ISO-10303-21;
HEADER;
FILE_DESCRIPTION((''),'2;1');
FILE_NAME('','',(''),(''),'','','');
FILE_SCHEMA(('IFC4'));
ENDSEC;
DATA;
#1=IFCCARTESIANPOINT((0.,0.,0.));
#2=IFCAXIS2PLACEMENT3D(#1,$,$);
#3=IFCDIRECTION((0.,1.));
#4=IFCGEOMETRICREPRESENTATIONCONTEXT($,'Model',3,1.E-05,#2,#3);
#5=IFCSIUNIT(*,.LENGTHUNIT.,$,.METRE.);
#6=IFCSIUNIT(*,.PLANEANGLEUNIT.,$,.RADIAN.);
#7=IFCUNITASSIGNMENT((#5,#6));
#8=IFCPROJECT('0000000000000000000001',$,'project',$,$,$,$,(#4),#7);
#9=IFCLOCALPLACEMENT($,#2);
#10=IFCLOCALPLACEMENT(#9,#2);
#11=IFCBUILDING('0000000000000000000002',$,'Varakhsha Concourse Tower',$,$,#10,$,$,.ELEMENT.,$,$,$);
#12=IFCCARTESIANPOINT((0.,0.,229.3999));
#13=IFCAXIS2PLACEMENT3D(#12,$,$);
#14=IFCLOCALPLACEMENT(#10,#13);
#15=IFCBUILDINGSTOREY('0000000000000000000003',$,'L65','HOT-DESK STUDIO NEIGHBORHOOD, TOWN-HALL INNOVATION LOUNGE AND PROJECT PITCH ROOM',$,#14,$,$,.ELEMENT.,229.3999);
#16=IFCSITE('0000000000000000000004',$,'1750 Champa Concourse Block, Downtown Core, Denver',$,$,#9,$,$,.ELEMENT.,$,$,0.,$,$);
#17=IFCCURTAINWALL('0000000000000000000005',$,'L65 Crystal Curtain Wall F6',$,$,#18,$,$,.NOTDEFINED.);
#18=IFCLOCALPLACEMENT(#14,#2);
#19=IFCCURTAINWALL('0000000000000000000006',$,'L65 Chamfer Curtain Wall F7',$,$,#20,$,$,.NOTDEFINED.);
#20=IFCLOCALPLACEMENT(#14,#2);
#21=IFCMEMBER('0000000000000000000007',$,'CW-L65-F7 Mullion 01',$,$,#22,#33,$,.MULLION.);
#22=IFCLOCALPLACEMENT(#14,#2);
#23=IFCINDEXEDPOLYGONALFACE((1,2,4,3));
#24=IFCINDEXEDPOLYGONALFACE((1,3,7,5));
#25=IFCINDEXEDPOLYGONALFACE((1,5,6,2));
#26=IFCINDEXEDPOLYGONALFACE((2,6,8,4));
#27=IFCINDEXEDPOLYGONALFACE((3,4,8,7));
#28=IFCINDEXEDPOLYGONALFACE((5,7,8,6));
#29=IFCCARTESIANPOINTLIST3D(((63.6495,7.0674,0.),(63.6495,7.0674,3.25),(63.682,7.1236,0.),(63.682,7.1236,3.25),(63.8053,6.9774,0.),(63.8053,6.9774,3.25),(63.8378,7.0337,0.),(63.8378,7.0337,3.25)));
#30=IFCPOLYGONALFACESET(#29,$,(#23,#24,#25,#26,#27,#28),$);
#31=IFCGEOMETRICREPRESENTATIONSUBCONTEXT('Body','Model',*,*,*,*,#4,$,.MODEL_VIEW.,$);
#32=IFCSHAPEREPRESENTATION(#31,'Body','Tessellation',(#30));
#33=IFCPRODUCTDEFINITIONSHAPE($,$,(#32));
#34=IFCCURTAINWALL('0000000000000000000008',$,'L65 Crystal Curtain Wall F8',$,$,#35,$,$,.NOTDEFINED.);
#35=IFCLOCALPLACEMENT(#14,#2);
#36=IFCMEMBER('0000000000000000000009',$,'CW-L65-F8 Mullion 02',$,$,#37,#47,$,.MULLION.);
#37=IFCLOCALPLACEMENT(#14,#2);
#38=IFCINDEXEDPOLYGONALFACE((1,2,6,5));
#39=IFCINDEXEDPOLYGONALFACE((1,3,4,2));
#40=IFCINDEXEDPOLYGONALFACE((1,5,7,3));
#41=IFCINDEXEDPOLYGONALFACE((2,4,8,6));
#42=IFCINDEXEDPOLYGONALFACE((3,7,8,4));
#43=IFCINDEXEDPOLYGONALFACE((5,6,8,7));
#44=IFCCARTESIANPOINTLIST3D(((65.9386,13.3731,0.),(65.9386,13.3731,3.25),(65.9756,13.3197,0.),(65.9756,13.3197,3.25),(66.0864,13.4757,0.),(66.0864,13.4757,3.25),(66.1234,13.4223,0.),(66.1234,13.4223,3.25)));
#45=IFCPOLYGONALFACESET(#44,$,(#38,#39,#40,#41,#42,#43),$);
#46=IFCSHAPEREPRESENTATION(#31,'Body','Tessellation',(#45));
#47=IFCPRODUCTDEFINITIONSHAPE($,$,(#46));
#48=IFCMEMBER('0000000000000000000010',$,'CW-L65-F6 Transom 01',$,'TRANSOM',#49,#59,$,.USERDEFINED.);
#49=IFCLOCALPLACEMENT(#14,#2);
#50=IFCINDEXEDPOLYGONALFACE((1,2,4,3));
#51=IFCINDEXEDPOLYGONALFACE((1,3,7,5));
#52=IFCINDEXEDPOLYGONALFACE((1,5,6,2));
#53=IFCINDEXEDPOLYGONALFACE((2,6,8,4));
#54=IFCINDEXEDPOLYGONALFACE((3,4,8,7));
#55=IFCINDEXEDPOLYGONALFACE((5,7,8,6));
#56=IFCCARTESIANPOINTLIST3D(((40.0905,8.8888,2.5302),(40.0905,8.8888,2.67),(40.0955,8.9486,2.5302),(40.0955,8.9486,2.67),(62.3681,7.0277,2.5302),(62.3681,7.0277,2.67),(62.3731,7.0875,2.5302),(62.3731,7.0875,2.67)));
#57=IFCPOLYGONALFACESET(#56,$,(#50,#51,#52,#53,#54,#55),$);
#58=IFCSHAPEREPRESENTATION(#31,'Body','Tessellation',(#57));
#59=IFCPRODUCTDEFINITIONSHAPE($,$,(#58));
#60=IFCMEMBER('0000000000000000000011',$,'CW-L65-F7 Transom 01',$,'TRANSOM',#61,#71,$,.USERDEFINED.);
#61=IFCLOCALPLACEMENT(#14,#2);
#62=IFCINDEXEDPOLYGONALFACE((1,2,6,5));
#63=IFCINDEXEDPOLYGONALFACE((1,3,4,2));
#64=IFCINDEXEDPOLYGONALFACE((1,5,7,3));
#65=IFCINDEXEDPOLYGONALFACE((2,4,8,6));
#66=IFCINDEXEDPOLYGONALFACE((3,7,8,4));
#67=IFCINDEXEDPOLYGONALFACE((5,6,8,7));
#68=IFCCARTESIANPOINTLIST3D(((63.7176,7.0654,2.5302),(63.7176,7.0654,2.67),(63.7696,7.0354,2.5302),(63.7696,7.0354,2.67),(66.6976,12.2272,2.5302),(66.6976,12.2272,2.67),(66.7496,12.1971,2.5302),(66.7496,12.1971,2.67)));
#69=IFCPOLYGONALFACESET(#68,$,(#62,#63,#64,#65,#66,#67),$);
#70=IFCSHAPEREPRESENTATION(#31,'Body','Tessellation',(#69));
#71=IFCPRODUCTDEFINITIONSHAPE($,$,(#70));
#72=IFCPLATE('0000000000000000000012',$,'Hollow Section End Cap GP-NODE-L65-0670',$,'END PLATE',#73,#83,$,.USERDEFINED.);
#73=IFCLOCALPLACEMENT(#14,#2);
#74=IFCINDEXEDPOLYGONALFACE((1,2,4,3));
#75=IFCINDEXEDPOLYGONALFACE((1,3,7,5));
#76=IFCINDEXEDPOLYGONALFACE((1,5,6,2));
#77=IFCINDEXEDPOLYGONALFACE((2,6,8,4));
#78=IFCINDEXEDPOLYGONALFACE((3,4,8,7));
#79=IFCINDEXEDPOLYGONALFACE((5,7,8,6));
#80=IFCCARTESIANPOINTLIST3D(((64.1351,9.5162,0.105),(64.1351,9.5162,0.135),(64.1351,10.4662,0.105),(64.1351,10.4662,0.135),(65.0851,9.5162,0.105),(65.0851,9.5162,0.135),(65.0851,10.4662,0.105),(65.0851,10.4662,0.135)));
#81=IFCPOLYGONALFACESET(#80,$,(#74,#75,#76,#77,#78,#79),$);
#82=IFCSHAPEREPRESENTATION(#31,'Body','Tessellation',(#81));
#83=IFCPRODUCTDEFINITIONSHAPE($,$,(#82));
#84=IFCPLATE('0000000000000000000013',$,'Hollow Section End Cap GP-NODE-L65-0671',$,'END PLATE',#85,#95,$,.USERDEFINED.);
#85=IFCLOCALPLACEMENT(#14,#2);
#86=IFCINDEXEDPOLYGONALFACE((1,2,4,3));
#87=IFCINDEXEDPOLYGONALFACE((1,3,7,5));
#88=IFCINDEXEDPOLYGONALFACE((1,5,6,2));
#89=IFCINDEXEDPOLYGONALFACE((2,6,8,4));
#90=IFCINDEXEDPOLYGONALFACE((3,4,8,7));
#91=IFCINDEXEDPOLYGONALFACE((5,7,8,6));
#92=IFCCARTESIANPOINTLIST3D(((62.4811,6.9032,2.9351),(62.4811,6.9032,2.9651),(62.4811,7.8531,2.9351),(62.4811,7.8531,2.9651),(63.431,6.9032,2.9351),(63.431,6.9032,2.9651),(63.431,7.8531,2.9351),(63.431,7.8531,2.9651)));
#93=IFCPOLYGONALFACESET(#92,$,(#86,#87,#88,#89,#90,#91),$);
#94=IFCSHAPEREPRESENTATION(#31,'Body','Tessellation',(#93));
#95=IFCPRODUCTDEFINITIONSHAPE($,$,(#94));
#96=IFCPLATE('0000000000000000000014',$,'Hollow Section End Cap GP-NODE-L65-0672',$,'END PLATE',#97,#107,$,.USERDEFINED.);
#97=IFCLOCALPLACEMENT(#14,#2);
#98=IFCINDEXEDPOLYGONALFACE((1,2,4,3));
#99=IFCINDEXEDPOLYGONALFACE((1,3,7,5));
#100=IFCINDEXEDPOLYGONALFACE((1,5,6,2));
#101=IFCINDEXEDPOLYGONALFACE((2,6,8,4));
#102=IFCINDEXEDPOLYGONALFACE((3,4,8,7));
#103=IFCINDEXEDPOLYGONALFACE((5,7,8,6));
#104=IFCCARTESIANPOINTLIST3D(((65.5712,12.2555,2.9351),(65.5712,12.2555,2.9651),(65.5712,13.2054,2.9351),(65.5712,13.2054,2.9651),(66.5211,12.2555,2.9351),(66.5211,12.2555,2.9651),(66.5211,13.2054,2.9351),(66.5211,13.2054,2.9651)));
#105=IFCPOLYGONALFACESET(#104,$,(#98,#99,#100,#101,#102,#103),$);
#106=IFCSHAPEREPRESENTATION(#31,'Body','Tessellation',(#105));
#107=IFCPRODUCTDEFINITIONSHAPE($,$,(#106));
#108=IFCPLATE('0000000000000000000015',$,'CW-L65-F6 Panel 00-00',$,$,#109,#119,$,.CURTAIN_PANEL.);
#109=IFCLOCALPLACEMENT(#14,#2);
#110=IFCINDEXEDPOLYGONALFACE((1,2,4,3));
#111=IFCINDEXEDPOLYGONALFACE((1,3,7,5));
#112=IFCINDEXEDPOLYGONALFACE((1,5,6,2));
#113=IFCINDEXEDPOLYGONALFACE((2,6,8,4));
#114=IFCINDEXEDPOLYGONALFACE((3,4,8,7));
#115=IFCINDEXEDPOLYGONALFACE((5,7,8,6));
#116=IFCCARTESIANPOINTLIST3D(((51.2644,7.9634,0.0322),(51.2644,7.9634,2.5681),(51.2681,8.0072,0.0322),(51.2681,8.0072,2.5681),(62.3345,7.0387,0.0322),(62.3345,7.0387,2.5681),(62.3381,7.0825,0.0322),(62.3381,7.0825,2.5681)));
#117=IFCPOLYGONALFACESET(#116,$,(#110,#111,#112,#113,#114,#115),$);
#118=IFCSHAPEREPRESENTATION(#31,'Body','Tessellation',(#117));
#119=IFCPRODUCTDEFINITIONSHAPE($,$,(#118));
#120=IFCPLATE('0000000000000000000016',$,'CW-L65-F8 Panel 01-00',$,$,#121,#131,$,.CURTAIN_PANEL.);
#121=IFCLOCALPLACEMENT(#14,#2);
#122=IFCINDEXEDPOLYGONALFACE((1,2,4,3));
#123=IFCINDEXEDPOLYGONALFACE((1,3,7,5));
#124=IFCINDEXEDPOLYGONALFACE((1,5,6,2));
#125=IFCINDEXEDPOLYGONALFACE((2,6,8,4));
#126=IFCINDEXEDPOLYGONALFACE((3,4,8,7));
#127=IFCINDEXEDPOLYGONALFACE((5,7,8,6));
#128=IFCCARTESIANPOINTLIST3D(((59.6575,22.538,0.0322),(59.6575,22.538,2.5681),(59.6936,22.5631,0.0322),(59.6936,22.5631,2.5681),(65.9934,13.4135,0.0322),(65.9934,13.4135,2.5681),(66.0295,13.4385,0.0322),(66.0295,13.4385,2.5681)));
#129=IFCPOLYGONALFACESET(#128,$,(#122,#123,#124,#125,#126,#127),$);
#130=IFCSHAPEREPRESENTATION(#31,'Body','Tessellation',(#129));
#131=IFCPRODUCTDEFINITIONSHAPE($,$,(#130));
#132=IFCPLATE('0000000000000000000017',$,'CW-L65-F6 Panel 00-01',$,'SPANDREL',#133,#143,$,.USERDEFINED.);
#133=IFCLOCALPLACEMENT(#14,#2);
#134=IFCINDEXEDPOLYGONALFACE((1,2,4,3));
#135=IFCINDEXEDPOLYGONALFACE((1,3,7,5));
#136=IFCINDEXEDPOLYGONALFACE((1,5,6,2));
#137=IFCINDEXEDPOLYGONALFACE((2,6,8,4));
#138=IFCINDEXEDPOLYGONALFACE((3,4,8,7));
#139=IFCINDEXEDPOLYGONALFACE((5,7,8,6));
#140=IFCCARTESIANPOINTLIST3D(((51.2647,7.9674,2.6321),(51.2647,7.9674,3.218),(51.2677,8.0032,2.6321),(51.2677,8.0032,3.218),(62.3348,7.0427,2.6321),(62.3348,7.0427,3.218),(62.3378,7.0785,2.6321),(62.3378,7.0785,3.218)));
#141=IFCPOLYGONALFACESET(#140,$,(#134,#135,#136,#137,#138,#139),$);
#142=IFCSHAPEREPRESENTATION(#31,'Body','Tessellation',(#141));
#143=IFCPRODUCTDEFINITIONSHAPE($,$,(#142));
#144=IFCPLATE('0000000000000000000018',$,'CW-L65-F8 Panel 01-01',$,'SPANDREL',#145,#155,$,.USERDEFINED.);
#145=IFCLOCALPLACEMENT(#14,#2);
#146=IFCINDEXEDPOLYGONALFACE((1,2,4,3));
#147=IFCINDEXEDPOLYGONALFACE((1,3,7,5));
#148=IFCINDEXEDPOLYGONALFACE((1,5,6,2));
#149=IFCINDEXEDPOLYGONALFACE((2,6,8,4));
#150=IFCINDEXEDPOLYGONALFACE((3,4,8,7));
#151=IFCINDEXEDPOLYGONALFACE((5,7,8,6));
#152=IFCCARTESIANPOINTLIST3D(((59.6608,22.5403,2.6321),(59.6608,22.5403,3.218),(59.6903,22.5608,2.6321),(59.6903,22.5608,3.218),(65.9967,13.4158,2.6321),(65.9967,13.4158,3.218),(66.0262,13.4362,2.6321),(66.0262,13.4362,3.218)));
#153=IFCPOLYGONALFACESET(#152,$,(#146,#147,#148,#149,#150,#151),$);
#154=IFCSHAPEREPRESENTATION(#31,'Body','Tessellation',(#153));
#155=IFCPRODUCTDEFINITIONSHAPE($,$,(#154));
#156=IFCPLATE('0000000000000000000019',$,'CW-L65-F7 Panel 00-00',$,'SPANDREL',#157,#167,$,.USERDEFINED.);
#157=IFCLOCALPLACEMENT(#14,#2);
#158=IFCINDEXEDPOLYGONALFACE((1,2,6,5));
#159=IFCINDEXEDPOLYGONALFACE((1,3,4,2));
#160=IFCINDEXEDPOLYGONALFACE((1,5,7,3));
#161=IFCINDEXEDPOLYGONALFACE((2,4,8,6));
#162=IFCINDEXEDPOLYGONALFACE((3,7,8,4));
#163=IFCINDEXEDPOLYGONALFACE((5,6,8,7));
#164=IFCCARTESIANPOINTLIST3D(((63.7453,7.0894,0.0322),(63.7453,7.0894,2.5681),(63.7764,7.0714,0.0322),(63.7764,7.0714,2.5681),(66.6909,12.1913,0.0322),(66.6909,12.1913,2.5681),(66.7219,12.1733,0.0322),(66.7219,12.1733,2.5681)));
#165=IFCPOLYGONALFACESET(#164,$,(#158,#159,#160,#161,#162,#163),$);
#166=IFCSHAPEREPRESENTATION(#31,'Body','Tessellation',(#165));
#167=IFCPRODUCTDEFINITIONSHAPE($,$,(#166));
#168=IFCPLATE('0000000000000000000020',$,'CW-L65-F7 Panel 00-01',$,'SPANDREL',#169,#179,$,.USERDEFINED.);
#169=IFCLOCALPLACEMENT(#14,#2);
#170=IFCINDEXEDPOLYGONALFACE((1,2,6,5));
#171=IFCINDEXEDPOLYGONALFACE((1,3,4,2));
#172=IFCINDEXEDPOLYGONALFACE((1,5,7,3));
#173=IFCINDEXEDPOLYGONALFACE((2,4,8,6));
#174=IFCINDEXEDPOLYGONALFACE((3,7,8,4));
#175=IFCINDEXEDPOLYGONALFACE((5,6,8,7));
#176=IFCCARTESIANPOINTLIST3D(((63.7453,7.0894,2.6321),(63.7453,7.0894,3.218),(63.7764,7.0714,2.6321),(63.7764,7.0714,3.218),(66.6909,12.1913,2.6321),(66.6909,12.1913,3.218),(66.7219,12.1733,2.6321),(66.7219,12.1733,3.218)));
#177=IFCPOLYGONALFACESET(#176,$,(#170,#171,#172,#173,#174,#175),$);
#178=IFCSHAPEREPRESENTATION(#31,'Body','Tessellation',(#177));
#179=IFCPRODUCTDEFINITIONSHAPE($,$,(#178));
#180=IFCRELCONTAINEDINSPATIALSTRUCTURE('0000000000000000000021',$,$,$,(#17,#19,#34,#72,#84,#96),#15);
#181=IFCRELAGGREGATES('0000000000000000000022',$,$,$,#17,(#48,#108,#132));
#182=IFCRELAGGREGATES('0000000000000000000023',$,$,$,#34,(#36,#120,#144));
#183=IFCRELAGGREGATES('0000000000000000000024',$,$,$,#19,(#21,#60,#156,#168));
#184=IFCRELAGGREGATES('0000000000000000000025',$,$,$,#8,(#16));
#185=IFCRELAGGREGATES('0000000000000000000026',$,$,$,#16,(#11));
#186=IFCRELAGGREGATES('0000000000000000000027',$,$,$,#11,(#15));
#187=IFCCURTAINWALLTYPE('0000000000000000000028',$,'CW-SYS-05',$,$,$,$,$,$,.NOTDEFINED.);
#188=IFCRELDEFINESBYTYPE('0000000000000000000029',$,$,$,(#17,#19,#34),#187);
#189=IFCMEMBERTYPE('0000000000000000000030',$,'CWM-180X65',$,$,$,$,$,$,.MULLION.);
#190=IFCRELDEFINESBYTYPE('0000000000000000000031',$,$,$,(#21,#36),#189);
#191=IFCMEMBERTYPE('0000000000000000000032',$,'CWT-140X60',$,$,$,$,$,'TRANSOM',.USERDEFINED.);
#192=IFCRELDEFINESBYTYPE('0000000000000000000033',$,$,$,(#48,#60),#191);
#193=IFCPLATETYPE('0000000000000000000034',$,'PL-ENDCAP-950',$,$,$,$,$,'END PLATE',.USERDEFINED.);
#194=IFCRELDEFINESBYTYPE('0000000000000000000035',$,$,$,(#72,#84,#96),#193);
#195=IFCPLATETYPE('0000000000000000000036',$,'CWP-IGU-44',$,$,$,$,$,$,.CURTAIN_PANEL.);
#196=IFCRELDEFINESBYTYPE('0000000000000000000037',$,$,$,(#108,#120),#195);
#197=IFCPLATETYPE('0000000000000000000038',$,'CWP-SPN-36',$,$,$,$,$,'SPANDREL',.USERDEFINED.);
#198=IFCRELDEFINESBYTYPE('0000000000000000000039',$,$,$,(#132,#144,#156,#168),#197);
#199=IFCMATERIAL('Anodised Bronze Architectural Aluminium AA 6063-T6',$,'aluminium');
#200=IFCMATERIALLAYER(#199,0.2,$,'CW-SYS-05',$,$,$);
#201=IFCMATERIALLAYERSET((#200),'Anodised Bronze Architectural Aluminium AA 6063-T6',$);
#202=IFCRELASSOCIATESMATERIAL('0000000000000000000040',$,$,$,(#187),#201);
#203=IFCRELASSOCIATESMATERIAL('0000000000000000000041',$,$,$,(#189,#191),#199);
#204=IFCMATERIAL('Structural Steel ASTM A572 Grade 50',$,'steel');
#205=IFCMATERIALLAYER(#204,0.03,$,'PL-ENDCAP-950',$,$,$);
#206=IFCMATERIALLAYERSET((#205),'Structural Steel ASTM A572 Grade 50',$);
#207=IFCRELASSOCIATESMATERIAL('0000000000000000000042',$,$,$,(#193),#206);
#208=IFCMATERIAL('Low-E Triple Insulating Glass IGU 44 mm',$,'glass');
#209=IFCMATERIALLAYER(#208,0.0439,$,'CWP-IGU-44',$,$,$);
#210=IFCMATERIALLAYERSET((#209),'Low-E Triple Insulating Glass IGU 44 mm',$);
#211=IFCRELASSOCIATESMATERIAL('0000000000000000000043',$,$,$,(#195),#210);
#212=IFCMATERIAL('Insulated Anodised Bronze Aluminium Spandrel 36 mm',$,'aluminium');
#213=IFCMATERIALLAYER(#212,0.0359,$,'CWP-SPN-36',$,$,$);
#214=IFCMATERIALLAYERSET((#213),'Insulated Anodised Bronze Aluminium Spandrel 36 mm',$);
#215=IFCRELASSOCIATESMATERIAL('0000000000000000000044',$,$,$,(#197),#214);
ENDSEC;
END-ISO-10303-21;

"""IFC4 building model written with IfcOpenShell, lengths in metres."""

from ifc_helpers import new_model, si_unit, direction, frame, origin, origin_2d, place, context, subcontext, project, spatial, rectangle, extrude, source, transform, mapped, material, layer, layer_set, material_profile, profile_set, type_object, type_shapes, element, aggregate, save


model = new_model("IFC4")

# Units and contexts
model_context = context("Model", 3, precision=1e-05, world=origin(), true_north=direction((0.0, 1.0)))
body_context = subcontext(model_context, "Body", "Model", "MODEL_VIEW")
ifc_project = project(units=[si_unit("LENGTHUNIT", "METRE"), si_unit("PLANEANGLEUNIT", "RADIAN")], contexts=[model_context])

# Site, building, storey
site_placement = place(None, origin())
site = spatial("IfcSite", under=ifc_project, at=site_placement, Name="1750 Champa Concourse Block, Downtown Core, Denver", CompositionType="ELEMENT", RefElevation=0.0)
building_placement = place(site_placement, origin())
building = spatial("IfcBuilding", under=site, at=building_placement, Name="Varakhsha Concourse Tower", CompositionType="ELEMENT")
storey_placement = place(building_placement, frame((0.0, 0.0, 229.3999)))
storey = spatial("IfcBuildingStorey", under=building, at=storey_placement, Name="L65", Description="HOT-DESK STUDIO NEIGHBORHOOD, TOWN-HALL INNOVATION LOUNGE AND PROJECT PITCH ROOM", CompositionType="ELEMENT", Elevation=229.3999)

# Shared definitions
ifc_material_1 = material(Name="Structural Steel ASTM A572 Grade 50", Category="steel")

# Curtain wall
ifc_material_2 = material(Name="Anodised Bronze Architectural Aluminium AA 6063-T6", Category="aluminium")
ifc_layer_1 = layer(ifc_material_2, 0.2, Name="CW-SYS-05")
ifc_layer_set_1 = layer_set([ifc_layer_1], Name="Anodised Bronze Architectural Aluminium AA 6063-T6")
curtain_wall_type = type_object("IfcCurtainWallType", Name="CW-SYS-05", PredefinedType="NOTDEFINED", material=ifc_layer_set_1)
curtain_wall_1_placement = place(storey_placement, origin())
curtain_wall_1 = element("IfcCurtainWall", 1, at=curtain_wall_1_placement, inside=storey, type_object=curtain_wall_type, Name="L65 Crystal Curtain Wall F6", PredefinedType="NOTDEFINED")
ifc_material_profile_1 = material_profile(ifc_material_2, rectangle(XDim=0.0649, YDim=0.1799, at=origin_2d()), Name="CWM-180X65")
ifc_profile_set_1 = profile_set([ifc_material_profile_1], Name="Anodised Bronze Architectural Aluminium AA 6063-T6")
member_type_1 = type_object("IfcMemberType", Name="CWM-180X65", PredefinedType="MULLION", material=ifc_profile_set_1)
shared_shape_1 = source(origin(), body_context, "Body", "SweptSolid", [
    extrude(rectangle(XDim=0.0649, YDim=0.1799, at=origin_2d()), origin(), (0.0, 0.0, 1.0), 3.25),
])
type_shapes(member_type_1, [shared_shape_1])

# Curtain wall, member
curtain_wall_2_placement = place(storey_placement, origin())
curtain_wall_2 = element("IfcCurtainWall", 2, at=curtain_wall_2_placement, inside=storey, type_object=curtain_wall_type, Name="L65 Chamfer Curtain Wall F7", PredefinedType="NOTDEFINED")
member_1_placement = place(storey_placement, frame((63.7437, 7.0505, 0.0), z_axis=(0.0, 0.0, 1.0), x_axis=(-0.499994, -0.866029, 0.0)))
member_1 = element("IfcMember", 3, at=member_1_placement, type_object=member_type_1, Name="CW-L65-F7 Mullion 01", PredefinedType="MULLION", context=body_context, shape_type="MappedRepresentation", body=[
    mapped(shared_shape_1, transform((0.0, 0.0, 0.0), scale=1.0)),
])

# Curtain wall, member
curtain_wall_3_placement = place(storey_placement, origin())
curtain_wall_3 = element("IfcCurtainWall", 4, at=curtain_wall_3_placement, inside=storey, type_object=curtain_wall_type, Name="L65 Crystal Curtain Wall F8", PredefinedType="NOTDEFINED")
member_2_placement = place(storey_placement, frame((66.031, 13.3977, 0.0), z_axis=(0.0, 0.0, 1.0), x_axis=(0.570361, -0.821394, 0.0)))
member_2 = element("IfcMember", 5, at=member_2_placement, type_object=member_type_1, Name="CW-L65-F8 Mullion 02", PredefinedType="MULLION", context=body_context, shape_type="MappedRepresentation", body=[
    mapped(shared_shape_1, transform((0.0, 0.0, 0.0), scale=1.0)),
])

# Members
ifc_material_profile_2 = material_profile(ifc_material_2, rectangle(XDim=0.0601, YDim=0.1399, at=origin_2d()), Name="CWT-140X60")
ifc_profile_set_2 = profile_set([ifc_material_profile_2], Name="Anodised Bronze Architectural Aluminium AA 6063-T6")
member_type_2 = type_object("IfcMemberType", Name="CWT-140X60", ElementType="TRANSOM", PredefinedType="USERDEFINED", material=ifc_profile_set_2)
shared_shape_2 = source(origin(), body_context, "Body", "SweptSolid", [
    extrude(rectangle(XDim=0.0601, YDim=0.1399, at=origin_2d()), origin(), (0.0, 0.0, 1.0), 22.3552),
])
member_3_placement = place(storey_placement, frame((62.3706, 7.0576, 2.6001), z_axis=(-0.996529, 0.083251, 0.0), x_axis=(-0.083251, -0.996529, 0.0)))
member_3 = element("IfcMember", 6, at=member_3_placement, type_object=member_type_2, Name="CW-L65-F6 Transom 01", ObjectType="TRANSOM", PredefinedType="USERDEFINED", context=body_context, shape_type="MappedRepresentation", body=[
    mapped(shared_shape_2, transform((0.0, 0.0, 0.0), scale=1.0)),
])
shared_shape_3 = source(origin(), body_context, "Body", "SweptSolid", [
    extrude(rectangle(XDim=0.0601, YDim=0.1399, at=origin_2d()), origin(), (0.0, 0.0, 1.0), 5.9602),
])
type_shapes(member_type_2, [shared_shape_2, shared_shape_3])
member_4_placement = place(storey_placement, frame((66.7236, 12.2122, 2.6001), z_axis=(-0.49999, -0.866031, 0.0), x_axis=(0.866031, -0.49999, 0.0)))
member_4 = element("IfcMember", 7, at=member_4_placement, type_object=member_type_2, Name="CW-L65-F7 Transom 01", ObjectType="TRANSOM", PredefinedType="USERDEFINED", context=body_context, shape_type="MappedRepresentation", body=[
    mapped(shared_shape_3, transform((0.0, 0.0, 0.0), scale=1.0)),
])

# Plates
ifc_layer_2 = layer(ifc_material_1, 0.03, Name="PL-ENDCAP-950")
ifc_layer_set_2 = layer_set([ifc_layer_2], Name="Structural Steel ASTM A572 Grade 50")
plate_type_1 = type_object("IfcPlateType", Name="PL-ENDCAP-950", ElementType="END PLATE", PredefinedType="USERDEFINED", material=ifc_layer_set_2)
shared_shape_4 = source(origin(), body_context, "Body", "SweptSolid", [
    extrude(rectangle(XDim=0.95, YDim=0.95, at=origin_2d()), origin(), (0.0, 0.0, 1.0), 0.03),
])
type_shapes(plate_type_1, [shared_shape_4])
for number, where, z_axis, x_axis, name in (
    (8, (64.6101, 9.9912, 0.105), (0.0, 0.0, 1.0), (1.0, 0.0, 0.0), "Hollow Section End Cap GP-NODE-L65-0670"),
    (9, (62.9561, 7.3782, 2.9351), (0.0, 0.0, 1.0), (1.0, 0.0, 0.0), "Hollow Section End Cap GP-NODE-L65-0671"),
    (10, (66.0461, 12.7305, 2.9351), (0.0, 0.0, 1.0), (1.0, 0.0, 0.0), "Hollow Section End Cap GP-NODE-L65-0672"),
):
    element("IfcPlate", number, at=place(storey_placement, frame(where, z_axis=z_axis, x_axis=x_axis)), inside=storey, type_object=plate_type_1, Name=name, ObjectType="END PLATE", PredefinedType="USERDEFINED", context=body_context, shape_type="MappedRepresentation", body=[
        mapped(shared_shape_4, transform((0.0, 0.0, 0.0), scale=1.0)),
    ])

# Plates
ifc_material_3 = material(Name="Low-E Triple Insulating Glass IGU 44 mm", Category="glass")
ifc_layer_3 = layer(ifc_material_3, 0.0439, Name="CWP-IGU-44")
ifc_layer_set_3 = layer_set([ifc_layer_3], Name="Low-E Triple Insulating Glass IGU 44 mm")
plate_type_2 = type_object("IfcPlateType", Name="CWP-IGU-44", PredefinedType="CURTAIN_PANEL", material=ifc_layer_set_3)
shared_shape_5 = source(origin(), body_context, "Body", "SweptSolid", [
    extrude(rectangle(XDim=11.1086, YDim=0.0439, at=origin_2d()), origin(), (0.0, 0.0, 1.0), 2.5359),
])
type_shapes(plate_type_2, [shared_shape_5])
plate_1_placement = place(storey_placement, frame((56.8013, 7.5229, 0.0322), z_axis=(0.0, 0.0, 1.0), x_axis=(-0.996529, 0.083247, 0.0)))
plate_1 = element("IfcPlate", 11, at=plate_1_placement, type_object=plate_type_2, Name="CW-L65-F6 Panel 00-00", PredefinedType="CURTAIN_PANEL", context=body_context, shape_type="MappedRepresentation", body=[
    mapped(shared_shape_5, transform((0.0, 0.0, 0.0), scale=1.0)),
])
plate_2_placement = place(storey_placement, frame((62.8435, 17.9883, 0.0322), z_axis=(0.0, 0.0, 1.0), x_axis=(0.570361, -0.821394, 0.0)))
plate_2 = element("IfcPlate", 12, at=plate_2_placement, type_object=plate_type_2, Name="CW-L65-F8 Panel 01-00", PredefinedType="CURTAIN_PANEL", context=body_context, shape_type="MappedRepresentation", body=[
    mapped(shared_shape_5, transform((0.0, 0.0, 0.0), scale=1.0)),
])
ifc_material_4 = material(Name="Insulated Anodised Bronze Aluminium Spandrel 36 mm", Category="aluminium")
ifc_layer_4 = layer(ifc_material_4, 0.0359, Name="CWP-SPN-36")
ifc_layer_set_4 = layer_set([ifc_layer_4], Name="Insulated Anodised Bronze Aluminium Spandrel 36 mm")
plate_type_3 = type_object("IfcPlateType", Name="CWP-SPN-36", ElementType="SPANDREL", PredefinedType="USERDEFINED", material=ifc_layer_set_4)
shared_shape_6 = source(origin(), body_context, "Body", "SweptSolid", [
    extrude(rectangle(XDim=11.1086, YDim=0.0359, at=origin_2d()), origin(), (0.0, 0.0, 1.0), 0.5859),
])
plate_3_placement = place(storey_placement, frame((56.8013, 7.5229, 2.6321), z_axis=(0.0, 0.0, 1.0), x_axis=(-0.996529, 0.083247, 0.0)))
plate_3 = element("IfcPlate", 13, at=plate_3_placement, type_object=plate_type_3, Name="CW-L65-F6 Panel 00-01", ObjectType="SPANDREL", PredefinedType="USERDEFINED", context=body_context, shape_type="MappedRepresentation", body=[
    mapped(shared_shape_6, transform((0.0, 0.0, 0.0), scale=1.0)),
])
aggregate(curtain_wall_1, [member_3, plate_1, plate_3])
plate_4_placement = place(storey_placement, frame((62.8435, 17.9883, 2.6321), z_axis=(0.0, 0.0, 1.0), x_axis=(0.570361, -0.821394, 0.0)))
plate_4 = element("IfcPlate", 14, at=plate_4_placement, type_object=plate_type_3, Name="CW-L65-F8 Panel 01-01", ObjectType="SPANDREL", PredefinedType="USERDEFINED", context=body_context, shape_type="MappedRepresentation", body=[
    mapped(shared_shape_6, transform((0.0, 0.0, 0.0), scale=1.0)),
])
aggregate(curtain_wall_3, [member_2, plate_2, plate_4])
shared_shape_7 = source(origin(), body_context, "Body", "SweptSolid", [
    extrude(rectangle(XDim=5.8911, YDim=0.0359, at=origin_2d()), origin(), (0.0, 0.0, 1.0), 2.5359),
])
plate_5_placement = place(storey_placement, frame((65.2336, 9.6313, 0.0322), z_axis=(0.0, 0.0, 1.0), x_axis=(-0.499994, -0.866029, 0.0)))
plate_5 = element("IfcPlate", 15, at=plate_5_placement, type_object=plate_type_3, Name="CW-L65-F7 Panel 00-00", ObjectType="SPANDREL", PredefinedType="USERDEFINED", context=body_context, shape_type="MappedRepresentation", body=[
    mapped(shared_shape_7, transform((0.0, 0.0, 0.0), scale=1.0)),
])
shared_shape_8 = source(origin(), body_context, "Body", "SweptSolid", [
    extrude(rectangle(XDim=5.8911, YDim=0.0359, at=origin_2d()), origin(), (0.0, 0.0, 1.0), 0.5859),
])
type_shapes(plate_type_3, [shared_shape_6, shared_shape_7, shared_shape_8])
plate_6_placement = place(storey_placement, frame((65.2336, 9.6313, 2.6321), z_axis=(0.0, 0.0, 1.0), x_axis=(-0.499994, -0.866029, 0.0)))
plate_6 = element("IfcPlate", 16, at=plate_6_placement, type_object=plate_type_3, Name="CW-L65-F7 Panel 00-01", ObjectType="SPANDREL", PredefinedType="USERDEFINED", context=body_context, shape_type="MappedRepresentation", body=[
    mapped(shared_shape_8, transform((0.0, 0.0, 0.0), scale=1.0)),
])
aggregate(curtain_wall_2, [member_1, member_4, plate_5, plate_6])

save(model, "model.ifc")
